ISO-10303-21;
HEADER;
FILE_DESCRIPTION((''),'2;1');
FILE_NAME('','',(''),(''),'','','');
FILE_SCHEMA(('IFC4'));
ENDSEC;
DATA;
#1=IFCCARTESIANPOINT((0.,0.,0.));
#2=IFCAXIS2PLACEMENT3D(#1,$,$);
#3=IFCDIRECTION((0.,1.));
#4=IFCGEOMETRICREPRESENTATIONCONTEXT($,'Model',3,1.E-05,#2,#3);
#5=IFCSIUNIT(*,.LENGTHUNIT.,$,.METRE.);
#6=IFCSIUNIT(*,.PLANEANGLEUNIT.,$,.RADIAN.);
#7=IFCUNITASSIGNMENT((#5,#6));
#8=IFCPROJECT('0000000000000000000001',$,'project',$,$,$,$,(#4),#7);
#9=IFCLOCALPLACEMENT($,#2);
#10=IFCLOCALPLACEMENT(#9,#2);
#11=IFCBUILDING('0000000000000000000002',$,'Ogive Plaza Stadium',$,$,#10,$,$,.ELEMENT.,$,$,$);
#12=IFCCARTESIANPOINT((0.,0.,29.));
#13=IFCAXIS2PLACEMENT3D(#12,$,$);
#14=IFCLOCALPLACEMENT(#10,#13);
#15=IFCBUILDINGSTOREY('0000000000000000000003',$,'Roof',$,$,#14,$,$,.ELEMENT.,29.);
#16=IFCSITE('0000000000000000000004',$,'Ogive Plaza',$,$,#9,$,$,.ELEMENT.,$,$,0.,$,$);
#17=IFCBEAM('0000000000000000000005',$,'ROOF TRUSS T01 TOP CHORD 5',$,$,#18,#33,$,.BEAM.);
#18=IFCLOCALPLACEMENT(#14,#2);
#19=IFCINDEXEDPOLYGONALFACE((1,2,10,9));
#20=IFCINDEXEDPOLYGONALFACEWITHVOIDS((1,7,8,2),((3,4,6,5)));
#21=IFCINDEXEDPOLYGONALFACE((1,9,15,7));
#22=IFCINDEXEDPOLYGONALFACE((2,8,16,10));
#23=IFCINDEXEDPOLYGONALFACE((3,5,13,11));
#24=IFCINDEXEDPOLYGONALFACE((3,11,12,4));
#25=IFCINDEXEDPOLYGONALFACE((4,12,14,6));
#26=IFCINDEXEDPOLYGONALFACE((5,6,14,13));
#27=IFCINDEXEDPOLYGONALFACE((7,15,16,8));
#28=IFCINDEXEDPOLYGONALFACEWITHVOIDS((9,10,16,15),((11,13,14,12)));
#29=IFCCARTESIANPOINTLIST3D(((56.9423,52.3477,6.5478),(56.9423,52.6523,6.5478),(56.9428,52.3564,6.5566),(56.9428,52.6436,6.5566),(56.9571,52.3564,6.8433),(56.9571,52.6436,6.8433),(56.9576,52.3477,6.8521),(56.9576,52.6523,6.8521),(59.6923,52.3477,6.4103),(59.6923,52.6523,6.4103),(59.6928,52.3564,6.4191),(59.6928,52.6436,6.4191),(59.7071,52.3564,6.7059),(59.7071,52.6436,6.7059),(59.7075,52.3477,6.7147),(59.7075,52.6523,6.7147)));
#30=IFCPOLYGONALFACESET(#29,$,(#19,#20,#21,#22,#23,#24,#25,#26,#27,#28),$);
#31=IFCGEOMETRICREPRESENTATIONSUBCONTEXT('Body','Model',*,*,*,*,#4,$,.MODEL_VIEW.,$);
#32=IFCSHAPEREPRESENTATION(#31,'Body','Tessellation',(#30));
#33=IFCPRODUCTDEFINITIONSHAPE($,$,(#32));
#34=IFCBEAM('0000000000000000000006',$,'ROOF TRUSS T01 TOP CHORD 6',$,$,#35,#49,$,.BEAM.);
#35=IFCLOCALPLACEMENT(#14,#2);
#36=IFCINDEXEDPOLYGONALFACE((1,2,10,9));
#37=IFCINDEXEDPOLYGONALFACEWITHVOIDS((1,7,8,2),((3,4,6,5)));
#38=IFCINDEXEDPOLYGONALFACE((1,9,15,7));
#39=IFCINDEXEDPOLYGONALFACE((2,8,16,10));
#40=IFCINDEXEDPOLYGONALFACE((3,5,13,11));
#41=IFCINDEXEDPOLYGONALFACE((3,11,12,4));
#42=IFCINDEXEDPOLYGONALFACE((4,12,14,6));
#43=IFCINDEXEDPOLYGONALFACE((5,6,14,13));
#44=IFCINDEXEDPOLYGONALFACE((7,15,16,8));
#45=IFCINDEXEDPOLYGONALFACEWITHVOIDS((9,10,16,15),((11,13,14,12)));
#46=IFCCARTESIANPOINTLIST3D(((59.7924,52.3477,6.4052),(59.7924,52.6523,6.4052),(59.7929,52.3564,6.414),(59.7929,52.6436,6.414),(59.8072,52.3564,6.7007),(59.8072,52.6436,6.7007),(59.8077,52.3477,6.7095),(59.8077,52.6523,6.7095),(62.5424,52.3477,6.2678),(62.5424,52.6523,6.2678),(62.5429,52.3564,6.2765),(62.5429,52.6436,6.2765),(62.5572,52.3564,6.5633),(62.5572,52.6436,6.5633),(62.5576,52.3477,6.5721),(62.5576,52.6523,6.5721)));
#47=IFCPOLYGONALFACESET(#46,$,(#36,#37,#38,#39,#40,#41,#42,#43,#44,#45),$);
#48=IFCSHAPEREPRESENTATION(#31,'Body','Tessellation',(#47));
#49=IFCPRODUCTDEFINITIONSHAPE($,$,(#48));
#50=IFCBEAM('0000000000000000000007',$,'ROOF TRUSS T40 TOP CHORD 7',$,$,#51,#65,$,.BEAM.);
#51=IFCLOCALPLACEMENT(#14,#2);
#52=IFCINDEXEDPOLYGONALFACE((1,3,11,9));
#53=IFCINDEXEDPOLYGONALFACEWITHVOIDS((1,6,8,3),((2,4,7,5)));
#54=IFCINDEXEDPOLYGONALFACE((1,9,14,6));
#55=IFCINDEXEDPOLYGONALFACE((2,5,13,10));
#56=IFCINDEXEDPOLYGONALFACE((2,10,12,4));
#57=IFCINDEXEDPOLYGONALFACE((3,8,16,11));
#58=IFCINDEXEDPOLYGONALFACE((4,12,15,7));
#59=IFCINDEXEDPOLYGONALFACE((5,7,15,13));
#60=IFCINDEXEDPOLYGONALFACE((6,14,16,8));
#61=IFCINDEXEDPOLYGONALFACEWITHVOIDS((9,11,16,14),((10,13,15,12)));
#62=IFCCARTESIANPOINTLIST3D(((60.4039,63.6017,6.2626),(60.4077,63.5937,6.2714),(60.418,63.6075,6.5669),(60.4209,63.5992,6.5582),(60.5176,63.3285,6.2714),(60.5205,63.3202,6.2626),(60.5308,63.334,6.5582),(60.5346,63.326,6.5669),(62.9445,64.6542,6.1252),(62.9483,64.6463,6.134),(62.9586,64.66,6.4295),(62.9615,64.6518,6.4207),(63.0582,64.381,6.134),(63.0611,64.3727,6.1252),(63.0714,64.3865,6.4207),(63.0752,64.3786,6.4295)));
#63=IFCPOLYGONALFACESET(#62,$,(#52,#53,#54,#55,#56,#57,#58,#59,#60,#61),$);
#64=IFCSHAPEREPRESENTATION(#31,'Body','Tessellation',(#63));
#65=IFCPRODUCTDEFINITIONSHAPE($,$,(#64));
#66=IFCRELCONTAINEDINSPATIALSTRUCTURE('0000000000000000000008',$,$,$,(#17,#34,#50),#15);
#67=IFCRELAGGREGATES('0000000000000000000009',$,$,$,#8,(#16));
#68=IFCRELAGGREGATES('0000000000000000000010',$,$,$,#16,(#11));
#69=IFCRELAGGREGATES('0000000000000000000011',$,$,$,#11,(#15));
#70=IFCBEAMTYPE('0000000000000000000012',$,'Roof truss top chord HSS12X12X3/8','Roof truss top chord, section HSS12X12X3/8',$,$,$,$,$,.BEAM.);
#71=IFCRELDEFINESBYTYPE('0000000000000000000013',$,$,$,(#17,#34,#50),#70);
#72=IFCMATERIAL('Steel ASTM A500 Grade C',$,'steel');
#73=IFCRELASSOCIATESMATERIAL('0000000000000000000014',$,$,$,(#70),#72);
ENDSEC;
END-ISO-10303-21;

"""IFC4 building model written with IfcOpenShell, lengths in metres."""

from ifc_helpers import new_model, si_unit, direction, frame, origin, origin_2d, place, context, subcontext, project, spatial, hollow_rectangle, extrude, material, material_profile, profile_set, type_object, element, save


model = new_model("IFC4")

# Units and contexts
model_context = context("Model", 3, precision=1e-05, world=origin(), true_north=direction((0.0, 1.0)))
body_context = subcontext(model_context, "Body", "Model", "MODEL_VIEW")
ifc_project = project(units=[si_unit("LENGTHUNIT", "METRE"), si_unit("PLANEANGLEUNIT", "RADIAN")], contexts=[model_context])

# Site, building, storey
site_placement = place(None, origin())
site = spatial("IfcSite", under=ifc_project, at=site_placement, Name="Ogive Plaza", CompositionType="ELEMENT", RefElevation=0.0)
building_placement = place(site_placement, origin())
building = spatial("IfcBuilding", under=site, at=building_placement, Name="Ogive Plaza Stadium", CompositionType="ELEMENT")
storey_placement = place(building_placement, frame((0.0, 0.0, 29.0)))
storey = spatial("IfcBuildingStorey", under=building, at=storey_placement, Name="Roof", CompositionType="ELEMENT", Elevation=29.0)

# Beams
ifc_material_1 = material(Name="Steel ASTM A500 Grade C", Category="steel")
ifc_material_profile_1 = material_profile(ifc_material_1, hollow_rectangle(XDim=0.3047, YDim=0.3047, WallThickness=0.0088, at=origin_2d()), Name="HSS12X12X3/8")
ifc_profile_set_1 = profile_set([ifc_material_profile_1], Name="Steel ASTM A500 Grade C")
beam_type_1 = type_object("IfcBeamType", Name="Roof truss top chord HSS12X12X3/8", Description="Roof truss top chord, section HSS12X12X3/8", PredefinedType="BEAM", material=ifc_profile_set_1)
for number, where, z_axis, x_axis, name in (
    (1, (56.95, 52.5, 6.7), (0.998753, 0.0, -0.04992), (0.0, 1.0, 0.0), "ROOF TRUSS T01 TOP CHORD 5"),
    (2, (59.8, 52.5, 6.5574), (0.998753, 0.0, -0.04992), (0.0, 1.0, 0.0), "ROOF TRUSS T01 TOP CHORD 6"),
    (3, (60.4692, 63.4639, 6.4148), (0.922706, 0.382259, -0.049922), (-0.382736, 0.923858, 0.0), "ROOF TRUSS T40 TOP CHORD 7"),
):
    element("IfcBeam", number, at=place(storey_placement, frame(where, z_axis=z_axis, x_axis=x_axis)), inside=storey, type_object=beam_type_1, Name=name, PredefinedType="BEAM", context=body_context, shape_type="SweptSolid", body=[
        extrude(hollow_rectangle(XDim=0.3047, YDim=0.3047, WallThickness=0.0088, at=origin_2d()), origin(), (0.0, 0.0, 1.0), 2.7534),
    ])

save(model, "model.ifc")
